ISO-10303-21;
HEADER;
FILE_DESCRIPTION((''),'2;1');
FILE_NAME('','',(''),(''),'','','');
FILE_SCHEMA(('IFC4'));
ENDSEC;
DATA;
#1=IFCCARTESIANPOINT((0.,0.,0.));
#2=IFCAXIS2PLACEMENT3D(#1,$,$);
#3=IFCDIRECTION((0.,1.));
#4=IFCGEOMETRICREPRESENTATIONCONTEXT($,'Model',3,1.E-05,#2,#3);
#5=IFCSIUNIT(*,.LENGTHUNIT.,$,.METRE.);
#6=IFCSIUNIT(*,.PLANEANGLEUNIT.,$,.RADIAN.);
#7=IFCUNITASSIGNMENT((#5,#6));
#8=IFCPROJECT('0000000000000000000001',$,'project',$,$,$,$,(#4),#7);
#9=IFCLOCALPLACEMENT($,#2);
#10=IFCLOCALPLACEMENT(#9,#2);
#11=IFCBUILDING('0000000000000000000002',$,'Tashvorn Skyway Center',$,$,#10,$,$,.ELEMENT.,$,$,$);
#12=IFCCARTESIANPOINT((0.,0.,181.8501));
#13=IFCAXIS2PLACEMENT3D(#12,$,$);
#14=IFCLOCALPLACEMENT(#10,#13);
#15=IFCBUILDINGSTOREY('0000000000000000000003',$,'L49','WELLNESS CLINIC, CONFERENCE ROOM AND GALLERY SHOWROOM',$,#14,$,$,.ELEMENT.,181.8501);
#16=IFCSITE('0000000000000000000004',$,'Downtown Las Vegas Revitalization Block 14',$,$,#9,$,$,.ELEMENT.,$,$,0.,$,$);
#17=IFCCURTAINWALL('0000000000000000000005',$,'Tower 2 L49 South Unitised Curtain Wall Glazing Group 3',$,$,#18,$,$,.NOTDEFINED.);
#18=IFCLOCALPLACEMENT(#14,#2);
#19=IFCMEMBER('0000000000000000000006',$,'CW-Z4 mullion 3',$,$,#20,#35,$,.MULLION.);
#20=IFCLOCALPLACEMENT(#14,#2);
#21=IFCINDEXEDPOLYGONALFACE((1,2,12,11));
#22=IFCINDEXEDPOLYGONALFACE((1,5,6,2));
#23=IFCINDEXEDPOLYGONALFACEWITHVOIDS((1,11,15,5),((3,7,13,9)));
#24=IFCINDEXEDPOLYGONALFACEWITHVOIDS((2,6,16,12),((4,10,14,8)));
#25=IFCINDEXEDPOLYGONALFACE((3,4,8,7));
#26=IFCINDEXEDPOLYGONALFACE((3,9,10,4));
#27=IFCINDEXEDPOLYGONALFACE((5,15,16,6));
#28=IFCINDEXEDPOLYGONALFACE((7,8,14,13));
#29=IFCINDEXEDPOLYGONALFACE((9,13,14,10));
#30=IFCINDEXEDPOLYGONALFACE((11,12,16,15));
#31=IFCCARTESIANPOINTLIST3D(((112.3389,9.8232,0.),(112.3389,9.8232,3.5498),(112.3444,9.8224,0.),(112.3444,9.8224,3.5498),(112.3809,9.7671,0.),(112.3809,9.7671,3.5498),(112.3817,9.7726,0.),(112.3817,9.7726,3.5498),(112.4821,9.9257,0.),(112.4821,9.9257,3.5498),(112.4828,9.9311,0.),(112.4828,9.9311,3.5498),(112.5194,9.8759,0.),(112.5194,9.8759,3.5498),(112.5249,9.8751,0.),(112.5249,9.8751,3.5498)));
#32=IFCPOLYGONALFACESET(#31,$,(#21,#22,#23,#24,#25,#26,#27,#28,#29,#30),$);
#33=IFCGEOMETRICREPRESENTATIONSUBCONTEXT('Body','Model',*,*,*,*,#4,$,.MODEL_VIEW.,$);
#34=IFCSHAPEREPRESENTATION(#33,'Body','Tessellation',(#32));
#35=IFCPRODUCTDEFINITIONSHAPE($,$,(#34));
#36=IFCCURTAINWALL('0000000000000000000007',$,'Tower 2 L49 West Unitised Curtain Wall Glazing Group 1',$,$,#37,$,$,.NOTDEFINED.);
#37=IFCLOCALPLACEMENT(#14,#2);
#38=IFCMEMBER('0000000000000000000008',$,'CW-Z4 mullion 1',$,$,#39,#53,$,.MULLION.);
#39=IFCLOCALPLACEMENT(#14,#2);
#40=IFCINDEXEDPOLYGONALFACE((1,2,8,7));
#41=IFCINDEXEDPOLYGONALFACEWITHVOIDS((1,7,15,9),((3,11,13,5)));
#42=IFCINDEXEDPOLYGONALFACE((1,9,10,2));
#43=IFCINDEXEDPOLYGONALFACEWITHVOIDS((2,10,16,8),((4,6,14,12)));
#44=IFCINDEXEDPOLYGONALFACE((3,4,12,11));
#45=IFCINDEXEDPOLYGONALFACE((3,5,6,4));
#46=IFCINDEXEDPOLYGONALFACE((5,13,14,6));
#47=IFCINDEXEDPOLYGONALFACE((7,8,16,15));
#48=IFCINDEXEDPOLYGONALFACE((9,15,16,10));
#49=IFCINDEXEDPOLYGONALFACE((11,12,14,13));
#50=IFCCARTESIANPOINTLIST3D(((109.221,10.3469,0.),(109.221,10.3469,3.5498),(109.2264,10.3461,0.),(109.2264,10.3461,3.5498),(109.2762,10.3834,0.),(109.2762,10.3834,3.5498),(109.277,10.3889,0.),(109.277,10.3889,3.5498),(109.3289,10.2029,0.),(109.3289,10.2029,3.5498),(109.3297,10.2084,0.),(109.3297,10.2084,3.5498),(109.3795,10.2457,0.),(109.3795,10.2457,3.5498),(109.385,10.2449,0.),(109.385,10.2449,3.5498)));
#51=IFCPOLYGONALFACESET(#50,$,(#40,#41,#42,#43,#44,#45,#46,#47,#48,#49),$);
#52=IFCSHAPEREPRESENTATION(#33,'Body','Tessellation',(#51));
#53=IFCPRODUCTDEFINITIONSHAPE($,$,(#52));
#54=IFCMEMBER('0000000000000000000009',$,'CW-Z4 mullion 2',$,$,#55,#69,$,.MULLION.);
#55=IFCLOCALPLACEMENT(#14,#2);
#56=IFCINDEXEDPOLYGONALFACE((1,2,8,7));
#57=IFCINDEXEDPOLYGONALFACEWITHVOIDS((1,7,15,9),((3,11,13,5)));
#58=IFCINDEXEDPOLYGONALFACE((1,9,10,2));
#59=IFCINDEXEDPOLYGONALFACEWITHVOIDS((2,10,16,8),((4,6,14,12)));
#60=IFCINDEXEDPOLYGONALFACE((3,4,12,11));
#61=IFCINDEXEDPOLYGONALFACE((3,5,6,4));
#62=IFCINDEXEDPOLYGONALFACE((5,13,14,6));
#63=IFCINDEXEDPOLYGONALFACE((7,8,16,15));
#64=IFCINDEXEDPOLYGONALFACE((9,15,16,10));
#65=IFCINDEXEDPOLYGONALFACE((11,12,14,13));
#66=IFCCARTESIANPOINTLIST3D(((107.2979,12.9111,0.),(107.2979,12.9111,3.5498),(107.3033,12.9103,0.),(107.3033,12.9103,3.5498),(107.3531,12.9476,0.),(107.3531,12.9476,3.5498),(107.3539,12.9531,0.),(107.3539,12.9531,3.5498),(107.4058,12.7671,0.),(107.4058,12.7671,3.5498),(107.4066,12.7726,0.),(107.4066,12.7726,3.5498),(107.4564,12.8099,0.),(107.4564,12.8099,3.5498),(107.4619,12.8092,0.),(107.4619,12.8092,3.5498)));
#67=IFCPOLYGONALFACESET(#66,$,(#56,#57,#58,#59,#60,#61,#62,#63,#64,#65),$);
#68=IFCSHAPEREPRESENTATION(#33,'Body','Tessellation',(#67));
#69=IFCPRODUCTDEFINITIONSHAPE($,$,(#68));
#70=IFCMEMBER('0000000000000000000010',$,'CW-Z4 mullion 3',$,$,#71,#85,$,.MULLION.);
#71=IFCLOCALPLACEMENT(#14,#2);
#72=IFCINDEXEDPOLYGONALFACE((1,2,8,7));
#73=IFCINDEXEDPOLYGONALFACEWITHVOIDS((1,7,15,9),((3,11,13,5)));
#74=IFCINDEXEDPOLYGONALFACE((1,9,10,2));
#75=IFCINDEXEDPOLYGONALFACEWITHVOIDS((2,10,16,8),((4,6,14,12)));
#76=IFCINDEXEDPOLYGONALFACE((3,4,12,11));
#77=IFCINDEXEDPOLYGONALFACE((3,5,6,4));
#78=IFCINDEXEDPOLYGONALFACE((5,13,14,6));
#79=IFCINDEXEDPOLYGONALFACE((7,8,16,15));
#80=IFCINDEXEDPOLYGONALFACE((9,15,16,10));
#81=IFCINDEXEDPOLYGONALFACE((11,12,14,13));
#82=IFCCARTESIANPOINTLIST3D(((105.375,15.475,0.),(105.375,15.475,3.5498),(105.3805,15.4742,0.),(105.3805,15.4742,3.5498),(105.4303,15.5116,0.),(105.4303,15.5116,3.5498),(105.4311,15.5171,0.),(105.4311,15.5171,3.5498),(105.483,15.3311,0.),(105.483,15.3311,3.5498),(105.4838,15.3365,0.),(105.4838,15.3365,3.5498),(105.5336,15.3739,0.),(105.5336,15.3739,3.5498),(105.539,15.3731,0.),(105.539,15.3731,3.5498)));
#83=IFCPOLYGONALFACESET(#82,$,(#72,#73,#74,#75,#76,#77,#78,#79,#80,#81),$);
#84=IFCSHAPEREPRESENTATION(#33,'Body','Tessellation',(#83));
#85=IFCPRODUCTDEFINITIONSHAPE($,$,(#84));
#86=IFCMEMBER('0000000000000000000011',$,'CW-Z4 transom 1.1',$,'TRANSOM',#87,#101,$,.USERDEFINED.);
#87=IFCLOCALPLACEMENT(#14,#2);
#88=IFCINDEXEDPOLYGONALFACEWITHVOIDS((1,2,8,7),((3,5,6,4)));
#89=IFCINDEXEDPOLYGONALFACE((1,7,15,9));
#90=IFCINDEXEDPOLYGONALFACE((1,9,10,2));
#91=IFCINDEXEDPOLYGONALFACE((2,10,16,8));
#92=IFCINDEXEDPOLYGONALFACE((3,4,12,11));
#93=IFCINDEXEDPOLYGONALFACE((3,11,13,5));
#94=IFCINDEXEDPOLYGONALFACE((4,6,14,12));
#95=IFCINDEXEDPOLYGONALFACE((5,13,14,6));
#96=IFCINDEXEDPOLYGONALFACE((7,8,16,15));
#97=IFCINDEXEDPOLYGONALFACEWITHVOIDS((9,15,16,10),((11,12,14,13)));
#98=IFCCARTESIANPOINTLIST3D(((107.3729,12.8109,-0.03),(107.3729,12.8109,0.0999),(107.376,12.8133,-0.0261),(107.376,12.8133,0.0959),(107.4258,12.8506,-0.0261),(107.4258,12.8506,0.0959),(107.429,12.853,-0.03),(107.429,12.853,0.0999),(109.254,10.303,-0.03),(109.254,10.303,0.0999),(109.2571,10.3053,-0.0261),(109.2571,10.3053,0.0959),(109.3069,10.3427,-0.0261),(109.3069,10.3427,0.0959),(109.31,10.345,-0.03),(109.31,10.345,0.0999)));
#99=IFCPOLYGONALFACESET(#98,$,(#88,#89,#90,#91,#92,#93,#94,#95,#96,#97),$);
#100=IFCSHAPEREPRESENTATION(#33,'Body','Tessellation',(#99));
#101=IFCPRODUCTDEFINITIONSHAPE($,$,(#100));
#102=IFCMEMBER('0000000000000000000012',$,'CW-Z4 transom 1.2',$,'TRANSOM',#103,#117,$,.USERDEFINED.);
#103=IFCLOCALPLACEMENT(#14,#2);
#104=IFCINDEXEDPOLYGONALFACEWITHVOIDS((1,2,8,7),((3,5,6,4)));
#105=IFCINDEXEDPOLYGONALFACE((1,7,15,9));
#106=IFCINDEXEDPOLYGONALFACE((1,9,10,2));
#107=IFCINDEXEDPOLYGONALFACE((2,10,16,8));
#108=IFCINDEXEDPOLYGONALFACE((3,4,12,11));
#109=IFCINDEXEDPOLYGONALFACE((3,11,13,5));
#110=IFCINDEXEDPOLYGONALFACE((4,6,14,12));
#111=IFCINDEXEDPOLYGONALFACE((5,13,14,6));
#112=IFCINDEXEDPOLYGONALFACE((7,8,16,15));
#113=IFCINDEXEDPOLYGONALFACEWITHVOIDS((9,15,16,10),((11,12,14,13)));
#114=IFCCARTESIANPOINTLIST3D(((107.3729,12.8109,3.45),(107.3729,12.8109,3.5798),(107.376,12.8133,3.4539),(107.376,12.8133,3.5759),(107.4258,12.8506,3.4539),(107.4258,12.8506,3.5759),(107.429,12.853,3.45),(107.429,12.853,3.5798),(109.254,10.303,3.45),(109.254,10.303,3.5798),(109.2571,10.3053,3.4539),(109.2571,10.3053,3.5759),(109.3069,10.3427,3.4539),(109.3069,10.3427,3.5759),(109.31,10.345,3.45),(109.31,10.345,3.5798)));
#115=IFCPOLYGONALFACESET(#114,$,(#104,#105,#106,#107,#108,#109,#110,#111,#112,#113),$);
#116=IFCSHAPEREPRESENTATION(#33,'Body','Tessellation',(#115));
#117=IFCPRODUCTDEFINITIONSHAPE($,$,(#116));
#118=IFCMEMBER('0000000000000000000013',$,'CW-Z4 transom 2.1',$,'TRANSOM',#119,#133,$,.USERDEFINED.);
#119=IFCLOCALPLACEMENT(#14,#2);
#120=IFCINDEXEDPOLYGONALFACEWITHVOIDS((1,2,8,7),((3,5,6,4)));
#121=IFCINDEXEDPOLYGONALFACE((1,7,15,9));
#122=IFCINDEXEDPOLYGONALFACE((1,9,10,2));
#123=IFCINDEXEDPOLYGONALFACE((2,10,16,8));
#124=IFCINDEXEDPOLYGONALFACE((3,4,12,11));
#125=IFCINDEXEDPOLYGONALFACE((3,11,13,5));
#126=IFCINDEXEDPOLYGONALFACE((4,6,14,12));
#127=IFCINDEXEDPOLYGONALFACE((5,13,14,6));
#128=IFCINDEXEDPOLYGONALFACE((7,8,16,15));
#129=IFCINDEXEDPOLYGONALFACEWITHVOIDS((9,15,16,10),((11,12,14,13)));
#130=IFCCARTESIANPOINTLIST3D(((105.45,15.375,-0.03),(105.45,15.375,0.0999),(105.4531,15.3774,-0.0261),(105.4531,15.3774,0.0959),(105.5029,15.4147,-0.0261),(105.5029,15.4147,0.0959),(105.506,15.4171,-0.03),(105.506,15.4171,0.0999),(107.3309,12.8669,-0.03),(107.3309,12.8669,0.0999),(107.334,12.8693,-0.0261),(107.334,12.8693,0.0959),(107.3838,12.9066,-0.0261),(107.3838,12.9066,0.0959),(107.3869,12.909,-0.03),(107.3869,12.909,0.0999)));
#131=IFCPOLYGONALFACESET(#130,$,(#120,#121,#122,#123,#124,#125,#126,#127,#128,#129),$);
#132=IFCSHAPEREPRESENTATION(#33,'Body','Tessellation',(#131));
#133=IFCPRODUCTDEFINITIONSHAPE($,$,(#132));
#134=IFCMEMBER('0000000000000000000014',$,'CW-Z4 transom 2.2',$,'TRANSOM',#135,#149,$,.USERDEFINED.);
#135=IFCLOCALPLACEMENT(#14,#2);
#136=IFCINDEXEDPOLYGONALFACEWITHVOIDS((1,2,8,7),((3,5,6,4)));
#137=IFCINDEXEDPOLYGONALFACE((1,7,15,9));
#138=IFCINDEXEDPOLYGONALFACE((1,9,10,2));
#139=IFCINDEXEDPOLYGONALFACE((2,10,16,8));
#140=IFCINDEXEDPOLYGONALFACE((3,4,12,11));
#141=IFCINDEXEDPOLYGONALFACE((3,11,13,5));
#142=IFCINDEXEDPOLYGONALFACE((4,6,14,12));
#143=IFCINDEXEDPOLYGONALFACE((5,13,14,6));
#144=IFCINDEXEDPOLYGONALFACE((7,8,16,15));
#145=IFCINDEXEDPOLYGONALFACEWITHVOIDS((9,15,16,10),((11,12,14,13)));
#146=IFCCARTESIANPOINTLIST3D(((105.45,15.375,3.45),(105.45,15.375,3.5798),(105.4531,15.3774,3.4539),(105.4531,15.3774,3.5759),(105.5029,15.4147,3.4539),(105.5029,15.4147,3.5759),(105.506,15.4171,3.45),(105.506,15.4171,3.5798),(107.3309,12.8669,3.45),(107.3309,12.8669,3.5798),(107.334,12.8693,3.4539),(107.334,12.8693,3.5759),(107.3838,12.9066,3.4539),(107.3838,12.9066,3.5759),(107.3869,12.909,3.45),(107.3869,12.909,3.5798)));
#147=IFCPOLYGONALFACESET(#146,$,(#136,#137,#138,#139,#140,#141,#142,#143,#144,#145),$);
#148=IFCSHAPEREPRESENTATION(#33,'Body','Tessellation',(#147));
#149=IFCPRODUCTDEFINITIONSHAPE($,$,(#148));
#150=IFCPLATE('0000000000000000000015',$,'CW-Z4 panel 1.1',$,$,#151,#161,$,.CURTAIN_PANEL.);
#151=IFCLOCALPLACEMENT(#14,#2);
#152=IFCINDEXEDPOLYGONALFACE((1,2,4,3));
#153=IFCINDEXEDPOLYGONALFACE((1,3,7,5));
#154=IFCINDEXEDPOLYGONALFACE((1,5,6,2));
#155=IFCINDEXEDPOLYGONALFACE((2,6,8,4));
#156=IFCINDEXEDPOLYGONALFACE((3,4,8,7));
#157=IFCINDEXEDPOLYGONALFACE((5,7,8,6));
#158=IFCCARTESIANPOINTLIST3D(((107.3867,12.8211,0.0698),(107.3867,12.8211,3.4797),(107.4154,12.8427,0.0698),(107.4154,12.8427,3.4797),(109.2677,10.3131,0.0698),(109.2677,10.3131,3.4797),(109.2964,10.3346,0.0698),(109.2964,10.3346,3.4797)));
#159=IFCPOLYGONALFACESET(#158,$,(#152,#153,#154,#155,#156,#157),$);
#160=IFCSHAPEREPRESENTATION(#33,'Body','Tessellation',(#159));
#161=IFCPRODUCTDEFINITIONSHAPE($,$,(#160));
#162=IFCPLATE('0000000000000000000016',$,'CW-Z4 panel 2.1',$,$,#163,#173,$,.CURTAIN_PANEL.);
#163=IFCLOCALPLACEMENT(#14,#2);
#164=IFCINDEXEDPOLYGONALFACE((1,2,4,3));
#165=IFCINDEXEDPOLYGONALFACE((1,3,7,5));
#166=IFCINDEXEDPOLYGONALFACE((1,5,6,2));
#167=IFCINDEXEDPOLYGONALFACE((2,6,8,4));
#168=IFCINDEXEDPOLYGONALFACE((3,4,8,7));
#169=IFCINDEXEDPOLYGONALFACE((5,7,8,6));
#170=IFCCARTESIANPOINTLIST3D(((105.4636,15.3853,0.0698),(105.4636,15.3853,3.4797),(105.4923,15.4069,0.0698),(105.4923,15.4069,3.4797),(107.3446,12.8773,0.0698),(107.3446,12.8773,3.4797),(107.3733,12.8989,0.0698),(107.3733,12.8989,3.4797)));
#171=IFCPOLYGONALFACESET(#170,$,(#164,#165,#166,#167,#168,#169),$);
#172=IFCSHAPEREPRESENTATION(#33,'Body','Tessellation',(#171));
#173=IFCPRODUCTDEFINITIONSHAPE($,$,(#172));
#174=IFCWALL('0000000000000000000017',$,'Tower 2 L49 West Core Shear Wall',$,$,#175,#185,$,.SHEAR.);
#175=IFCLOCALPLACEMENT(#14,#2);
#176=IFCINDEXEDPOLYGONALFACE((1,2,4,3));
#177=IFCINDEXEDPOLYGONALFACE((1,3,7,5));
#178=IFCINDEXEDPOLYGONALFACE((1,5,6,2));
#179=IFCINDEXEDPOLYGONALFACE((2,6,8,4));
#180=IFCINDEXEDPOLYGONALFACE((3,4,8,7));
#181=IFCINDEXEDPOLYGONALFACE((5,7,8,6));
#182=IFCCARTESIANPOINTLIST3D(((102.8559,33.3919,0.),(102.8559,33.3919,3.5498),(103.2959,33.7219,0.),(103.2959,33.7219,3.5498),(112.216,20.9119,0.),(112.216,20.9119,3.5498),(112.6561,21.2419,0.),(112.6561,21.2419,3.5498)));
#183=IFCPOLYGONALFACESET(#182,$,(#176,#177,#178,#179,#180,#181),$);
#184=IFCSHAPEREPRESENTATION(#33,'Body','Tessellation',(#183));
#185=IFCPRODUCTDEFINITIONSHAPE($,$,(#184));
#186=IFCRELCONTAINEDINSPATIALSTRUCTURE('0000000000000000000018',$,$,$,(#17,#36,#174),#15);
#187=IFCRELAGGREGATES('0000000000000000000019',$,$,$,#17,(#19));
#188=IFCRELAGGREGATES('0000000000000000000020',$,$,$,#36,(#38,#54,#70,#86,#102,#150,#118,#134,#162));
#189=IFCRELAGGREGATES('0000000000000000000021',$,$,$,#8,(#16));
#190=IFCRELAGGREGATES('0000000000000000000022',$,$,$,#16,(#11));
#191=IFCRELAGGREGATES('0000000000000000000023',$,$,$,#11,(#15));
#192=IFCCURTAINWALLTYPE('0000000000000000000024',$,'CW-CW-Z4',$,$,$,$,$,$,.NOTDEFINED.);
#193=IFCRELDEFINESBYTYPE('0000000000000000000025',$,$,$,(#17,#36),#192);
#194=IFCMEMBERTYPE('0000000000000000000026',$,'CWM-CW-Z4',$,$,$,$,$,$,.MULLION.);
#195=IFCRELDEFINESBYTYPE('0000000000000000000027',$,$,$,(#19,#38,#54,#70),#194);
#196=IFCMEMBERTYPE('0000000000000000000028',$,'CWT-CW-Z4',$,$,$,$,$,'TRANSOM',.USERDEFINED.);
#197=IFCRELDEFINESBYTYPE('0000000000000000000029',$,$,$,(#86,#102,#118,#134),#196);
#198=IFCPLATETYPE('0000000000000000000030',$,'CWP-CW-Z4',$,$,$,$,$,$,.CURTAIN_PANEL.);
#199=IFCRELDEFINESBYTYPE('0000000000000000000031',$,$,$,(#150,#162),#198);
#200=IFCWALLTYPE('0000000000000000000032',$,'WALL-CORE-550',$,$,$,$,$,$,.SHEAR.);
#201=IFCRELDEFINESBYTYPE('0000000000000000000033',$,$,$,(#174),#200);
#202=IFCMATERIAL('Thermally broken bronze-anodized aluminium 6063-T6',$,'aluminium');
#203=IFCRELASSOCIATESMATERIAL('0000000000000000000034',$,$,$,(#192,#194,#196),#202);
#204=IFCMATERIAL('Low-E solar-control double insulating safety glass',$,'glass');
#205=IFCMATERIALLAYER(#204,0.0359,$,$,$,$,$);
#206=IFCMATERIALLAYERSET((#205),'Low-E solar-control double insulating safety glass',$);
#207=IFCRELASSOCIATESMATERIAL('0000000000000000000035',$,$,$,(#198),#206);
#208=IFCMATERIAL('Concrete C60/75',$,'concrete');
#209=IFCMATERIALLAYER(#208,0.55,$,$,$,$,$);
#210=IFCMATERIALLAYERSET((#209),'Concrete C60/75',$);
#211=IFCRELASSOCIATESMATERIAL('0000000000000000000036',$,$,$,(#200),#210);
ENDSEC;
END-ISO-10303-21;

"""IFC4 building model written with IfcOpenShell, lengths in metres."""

from ifc_helpers import new_model, si_unit, direction, frame, frame_2d, origin, origin_2d, place, context, subcontext, project, spatial, rectangle, hollow_rectangle, extrude, material, layer, layer_set, material_profile, profile_set, type_object, element, aggregate, save


model = new_model("IFC4")

# Units and contexts
model_context = context("Model", 3, precision=1e-05, world=origin(), true_north=direction((0.0, 1.0)))
body_context = subcontext(model_context, "Body", "Model", "MODEL_VIEW")
ifc_project = project(units=[si_unit("LENGTHUNIT", "METRE"), si_unit("PLANEANGLEUNIT", "RADIAN")], contexts=[model_context])

# Site, building, storey
site_placement = place(None, origin())
site = spatial("IfcSite", under=ifc_project, at=site_placement, Name="Downtown Las Vegas Revitalization Block 14", CompositionType="ELEMENT", RefElevation=0.0)
building_placement = place(site_placement, origin())
building = spatial("IfcBuilding", under=site, at=building_placement, Name="Tashvorn Skyway Center", CompositionType="ELEMENT")
storey_placement = place(building_placement, frame((0.0, 0.0, 181.8501)))
storey = spatial("IfcBuildingStorey", under=building, at=storey_placement, Name="L49", Description="WELLNESS CLINIC, CONFERENCE ROOM AND GALLERY SHOWROOM", CompositionType="ELEMENT", Elevation=181.8501)

# Shared definitions
ifc_material_1 = material(Name="Concrete C60/75", Category="concrete")

# Curtain wall, member
ifc_material_2 = material(Name="Thermally broken bronze-anodized aluminium 6063-T6", Category="aluminium")
curtain_wall_type = type_object("IfcCurtainWallType", Name="CW-CW-Z4", PredefinedType="NOTDEFINED", material=ifc_material_2)
curtain_wall_1_placement = place(storey_placement, origin())
curtain_wall_1 = element("IfcCurtainWall", 1, at=curtain_wall_1_placement, inside=storey, type_object=curtain_wall_type, Name="Tower 2 L49 South Unitised Curtain Wall Glazing Group 3", PredefinedType="NOTDEFINED")
ifc_material_profile_1 = material_profile(ifc_material_2, hollow_rectangle(XDim=0.0701, YDim=0.1799, WallThickness=0.0039, at=origin_2d()), Name="ALU-MULL-70x180")
ifc_profile_set_1 = profile_set([ifc_material_profile_1], Name="Thermally broken bronze-anodized aluminium 6063-T6")
member_type_1 = type_object("IfcMemberType", Name="CWM-CW-Z4", PredefinedType="MULLION", material=ifc_profile_set_1)
member_1_placement = place(storey_placement, frame((112.4319, 9.8491, 0.0), z_axis=(0.0, 0.0, 1.0), x_axis=(0.6, -0.8, 0.0)))
member_1 = element("IfcMember", 2, at=member_1_placement, type_object=member_type_1, Name="CW-Z4 mullion 3", PredefinedType="MULLION", context=body_context, shape_type="SweptSolid", body=[
    extrude(hollow_rectangle(XDim=0.0701, YDim=0.1799, WallThickness=0.0039, at=origin_2d()), origin(), (0.0, 0.0, 1.0), 3.5498),
])
aggregate(curtain_wall_1, [member_1])

# Curtain wall, members, plates
curtain_wall_2_placement = place(storey_placement, origin())
curtain_wall_2 = element("IfcCurtainWall", 3, at=curtain_wall_2_placement, inside=storey, type_object=curtain_wall_type, Name="Tower 2 L49 West Unitised Curtain Wall Glazing Group 1", PredefinedType="NOTDEFINED")
member_2_placement = place(storey_placement, frame((109.303, 10.2959, 0.0), z_axis=(0.0, 0.0, 1.0), x_axis=(-0.8, -0.6, 0.0)))
member_2 = element("IfcMember", 4, at=member_2_placement, type_object=member_type_1, Name="CW-Z4 mullion 1", PredefinedType="MULLION", context=body_context, shape_type="SweptSolid", body=[
    extrude(hollow_rectangle(XDim=0.0701, YDim=0.1799, WallThickness=0.0039, at=origin_2d()), origin(), (0.0, 0.0, 1.0), 3.5498),
])
member_3_placement = place(storey_placement, frame((107.3799, 12.8601, 0.0), z_axis=(0.0, 0.0, 1.0), x_axis=(-0.8, -0.6, 0.0)))
member_3 = element("IfcMember", 5, at=member_3_placement, type_object=member_type_1, Name="CW-Z4 mullion 2", PredefinedType="MULLION", context=body_context, shape_type="SweptSolid", body=[
    extrude(hollow_rectangle(XDim=0.0701, YDim=0.1799, WallThickness=0.0039, at=origin_2d()), origin(), (0.0, 0.0, 1.0), 3.5498),
])
member_4_placement = place(storey_placement, frame((105.457, 15.4241, 0.0), z_axis=(0.0, 0.0, 1.0), x_axis=(-0.8, -0.6, 0.0)))
member_4 = element("IfcMember", 6, at=member_4_placement, type_object=member_type_1, Name="CW-Z4 mullion 3", PredefinedType="MULLION", context=body_context, shape_type="SweptSolid", body=[
    extrude(hollow_rectangle(XDim=0.0701, YDim=0.1799, WallThickness=0.0039, at=origin_2d()), origin(), (0.0, 0.0, 1.0), 3.5498),
])
ifc_material_profile_2 = material_profile(ifc_material_2, hollow_rectangle(XDim=0.0701, YDim=0.1299, WallThickness=0.0039, at=origin_2d()), Name="ALU-TRAN-70x130")
ifc_profile_set_2 = profile_set([ifc_material_profile_2], Name="Thermally broken bronze-anodized aluminium 6063-T6")
member_type_2 = type_object("IfcMemberType", Name="CWT-CW-Z4", ElementType="TRANSOM", PredefinedType="USERDEFINED", material=ifc_profile_set_2)
member_5_placement = place(storey_placement, frame((109.282, 10.324, 0.0349), z_axis=(-0.600012, 0.799991, 0.0), x_axis=(-0.799991, -0.600012, 0.0)))
member_5 = element("IfcMember", 7, at=member_5_placement, type_object=member_type_2, Name="CW-Z4 transom 1.1", ObjectType="TRANSOM", PredefinedType="USERDEFINED", context=body_context, shape_type="SweptSolid", body=[
    extrude(hollow_rectangle(XDim=0.0701, YDim=0.1299, WallThickness=0.0039, at=origin_2d()), origin(), (0.0, 0.0, 1.0), 3.135),
])
member_6_placement = place(storey_placement, frame((109.282, 10.324, 3.5149), z_axis=(-0.600012, 0.799991, 0.0), x_axis=(-0.799991, -0.600012, 0.0)))
member_6 = element("IfcMember", 8, at=member_6_placement, type_object=member_type_2, Name="CW-Z4 transom 1.2", ObjectType="TRANSOM", PredefinedType="USERDEFINED", context=body_context, shape_type="SweptSolid", body=[
    extrude(hollow_rectangle(XDim=0.0701, YDim=0.1299, WallThickness=0.0039, at=origin_2d()), origin(), (0.0, 0.0, 1.0), 3.135),
])
member_7_placement = place(storey_placement, frame((107.3589, 12.8879, 0.0349), z_axis=(-0.599963, 0.800028, 0.0), x_axis=(-0.800028, -0.599963, 0.0)))
member_7 = element("IfcMember", 9, at=member_7_placement, type_object=member_type_2, Name="CW-Z4 transom 2.1", ObjectType="TRANSOM", PredefinedType="USERDEFINED", context=body_context, shape_type="SweptSolid", body=[
    extrude(hollow_rectangle(XDim=0.0701, YDim=0.1299, WallThickness=0.0039, at=origin_2d()), origin(), (0.0, 0.0, 1.0), 3.135),
])
member_8_placement = place(storey_placement, frame((107.3589, 12.8879, 3.5149), z_axis=(-0.599963, 0.800028, 0.0), x_axis=(-0.800028, -0.599963, 0.0)))
member_8 = element("IfcMember", 10, at=member_8_placement, type_object=member_type_2, Name="CW-Z4 transom 2.2", ObjectType="TRANSOM", PredefinedType="USERDEFINED", context=body_context, shape_type="SweptSolid", body=[
    extrude(hollow_rectangle(XDim=0.0701, YDim=0.1299, WallThickness=0.0039, at=origin_2d()), origin(), (0.0, 0.0, 1.0), 3.135),
])
ifc_material_3 = material(Name="Low-E solar-control double insulating safety glass", Category="glass")
ifc_layer_1 = layer(ifc_material_3, 0.0359)
ifc_layer_set_1 = layer_set([ifc_layer_1], Name="Low-E solar-control double insulating safety glass")
plate_type = type_object("IfcPlateType", Name="CWP-CW-Z4", PredefinedType="CURTAIN_PANEL", material=ifc_layer_set_1)
plate_1_placement = place(storey_placement, frame((108.3416, 11.5779, 0.0698), z_axis=(0.0, 0.0, 1.0), x_axis=(-0.6, 0.8, 0.0)))
plate_1 = element("IfcPlate", 11, at=plate_1_placement, type_object=plate_type, Name="CW-Z4 panel 1.1", PredefinedType="CURTAIN_PANEL", context=body_context, shape_type="SweptSolid", body=[
    extrude(rectangle(XDim=3.135, YDim=0.0359, at=origin_2d()), origin(), (0.0, 0.0, 1.0), 3.4099),
])
plate_2_placement = place(storey_placement, frame((106.4185, 14.1421, 0.0698), z_axis=(0.0, 0.0, 1.0), x_axis=(-0.6, 0.8, 0.0)))
plate_2 = element("IfcPlate", 12, at=plate_2_placement, type_object=plate_type, Name="CW-Z4 panel 2.1", PredefinedType="CURTAIN_PANEL", context=body_context, shape_type="SweptSolid", body=[
    extrude(rectangle(XDim=3.135, YDim=0.0359, at=origin_2d()), origin(), (0.0, 0.0, 1.0), 3.4099),
])
aggregate(curtain_wall_2, [member_2, member_3, member_4, member_5, member_6, plate_1, member_7, member_8, plate_2])

# Wall
ifc_layer_2 = layer(ifc_material_1, 0.55)
ifc_layer_set_2 = layer_set([ifc_layer_2], Name="Concrete C60/75")
wall_type_1 = type_object("IfcWallType", Name="WALL-CORE-550", PredefinedType="SHEAR", material=ifc_layer_set_2)
wall_1_placement = place(storey_placement, frame((112.436, 21.0769, 0.0), z_axis=(0.0, 0.0, 1.0), x_axis=(-0.600005, 0.799996, 0.0)))
element("IfcWall", 13, at=wall_1_placement, inside=storey, type_object=wall_type_1, Name="Tower 2 L49 West Core Shear Wall", PredefinedType="SHEAR", context=body_context, shape_type="SweptSolid", body=[
    extrude(rectangle(XDim=15.6001, YDim=0.55, at=frame_2d((7.8, 0.0))), origin(), (0.0, 0.0, 1.0), 3.5498),
])

save(model, "model.ifc")
